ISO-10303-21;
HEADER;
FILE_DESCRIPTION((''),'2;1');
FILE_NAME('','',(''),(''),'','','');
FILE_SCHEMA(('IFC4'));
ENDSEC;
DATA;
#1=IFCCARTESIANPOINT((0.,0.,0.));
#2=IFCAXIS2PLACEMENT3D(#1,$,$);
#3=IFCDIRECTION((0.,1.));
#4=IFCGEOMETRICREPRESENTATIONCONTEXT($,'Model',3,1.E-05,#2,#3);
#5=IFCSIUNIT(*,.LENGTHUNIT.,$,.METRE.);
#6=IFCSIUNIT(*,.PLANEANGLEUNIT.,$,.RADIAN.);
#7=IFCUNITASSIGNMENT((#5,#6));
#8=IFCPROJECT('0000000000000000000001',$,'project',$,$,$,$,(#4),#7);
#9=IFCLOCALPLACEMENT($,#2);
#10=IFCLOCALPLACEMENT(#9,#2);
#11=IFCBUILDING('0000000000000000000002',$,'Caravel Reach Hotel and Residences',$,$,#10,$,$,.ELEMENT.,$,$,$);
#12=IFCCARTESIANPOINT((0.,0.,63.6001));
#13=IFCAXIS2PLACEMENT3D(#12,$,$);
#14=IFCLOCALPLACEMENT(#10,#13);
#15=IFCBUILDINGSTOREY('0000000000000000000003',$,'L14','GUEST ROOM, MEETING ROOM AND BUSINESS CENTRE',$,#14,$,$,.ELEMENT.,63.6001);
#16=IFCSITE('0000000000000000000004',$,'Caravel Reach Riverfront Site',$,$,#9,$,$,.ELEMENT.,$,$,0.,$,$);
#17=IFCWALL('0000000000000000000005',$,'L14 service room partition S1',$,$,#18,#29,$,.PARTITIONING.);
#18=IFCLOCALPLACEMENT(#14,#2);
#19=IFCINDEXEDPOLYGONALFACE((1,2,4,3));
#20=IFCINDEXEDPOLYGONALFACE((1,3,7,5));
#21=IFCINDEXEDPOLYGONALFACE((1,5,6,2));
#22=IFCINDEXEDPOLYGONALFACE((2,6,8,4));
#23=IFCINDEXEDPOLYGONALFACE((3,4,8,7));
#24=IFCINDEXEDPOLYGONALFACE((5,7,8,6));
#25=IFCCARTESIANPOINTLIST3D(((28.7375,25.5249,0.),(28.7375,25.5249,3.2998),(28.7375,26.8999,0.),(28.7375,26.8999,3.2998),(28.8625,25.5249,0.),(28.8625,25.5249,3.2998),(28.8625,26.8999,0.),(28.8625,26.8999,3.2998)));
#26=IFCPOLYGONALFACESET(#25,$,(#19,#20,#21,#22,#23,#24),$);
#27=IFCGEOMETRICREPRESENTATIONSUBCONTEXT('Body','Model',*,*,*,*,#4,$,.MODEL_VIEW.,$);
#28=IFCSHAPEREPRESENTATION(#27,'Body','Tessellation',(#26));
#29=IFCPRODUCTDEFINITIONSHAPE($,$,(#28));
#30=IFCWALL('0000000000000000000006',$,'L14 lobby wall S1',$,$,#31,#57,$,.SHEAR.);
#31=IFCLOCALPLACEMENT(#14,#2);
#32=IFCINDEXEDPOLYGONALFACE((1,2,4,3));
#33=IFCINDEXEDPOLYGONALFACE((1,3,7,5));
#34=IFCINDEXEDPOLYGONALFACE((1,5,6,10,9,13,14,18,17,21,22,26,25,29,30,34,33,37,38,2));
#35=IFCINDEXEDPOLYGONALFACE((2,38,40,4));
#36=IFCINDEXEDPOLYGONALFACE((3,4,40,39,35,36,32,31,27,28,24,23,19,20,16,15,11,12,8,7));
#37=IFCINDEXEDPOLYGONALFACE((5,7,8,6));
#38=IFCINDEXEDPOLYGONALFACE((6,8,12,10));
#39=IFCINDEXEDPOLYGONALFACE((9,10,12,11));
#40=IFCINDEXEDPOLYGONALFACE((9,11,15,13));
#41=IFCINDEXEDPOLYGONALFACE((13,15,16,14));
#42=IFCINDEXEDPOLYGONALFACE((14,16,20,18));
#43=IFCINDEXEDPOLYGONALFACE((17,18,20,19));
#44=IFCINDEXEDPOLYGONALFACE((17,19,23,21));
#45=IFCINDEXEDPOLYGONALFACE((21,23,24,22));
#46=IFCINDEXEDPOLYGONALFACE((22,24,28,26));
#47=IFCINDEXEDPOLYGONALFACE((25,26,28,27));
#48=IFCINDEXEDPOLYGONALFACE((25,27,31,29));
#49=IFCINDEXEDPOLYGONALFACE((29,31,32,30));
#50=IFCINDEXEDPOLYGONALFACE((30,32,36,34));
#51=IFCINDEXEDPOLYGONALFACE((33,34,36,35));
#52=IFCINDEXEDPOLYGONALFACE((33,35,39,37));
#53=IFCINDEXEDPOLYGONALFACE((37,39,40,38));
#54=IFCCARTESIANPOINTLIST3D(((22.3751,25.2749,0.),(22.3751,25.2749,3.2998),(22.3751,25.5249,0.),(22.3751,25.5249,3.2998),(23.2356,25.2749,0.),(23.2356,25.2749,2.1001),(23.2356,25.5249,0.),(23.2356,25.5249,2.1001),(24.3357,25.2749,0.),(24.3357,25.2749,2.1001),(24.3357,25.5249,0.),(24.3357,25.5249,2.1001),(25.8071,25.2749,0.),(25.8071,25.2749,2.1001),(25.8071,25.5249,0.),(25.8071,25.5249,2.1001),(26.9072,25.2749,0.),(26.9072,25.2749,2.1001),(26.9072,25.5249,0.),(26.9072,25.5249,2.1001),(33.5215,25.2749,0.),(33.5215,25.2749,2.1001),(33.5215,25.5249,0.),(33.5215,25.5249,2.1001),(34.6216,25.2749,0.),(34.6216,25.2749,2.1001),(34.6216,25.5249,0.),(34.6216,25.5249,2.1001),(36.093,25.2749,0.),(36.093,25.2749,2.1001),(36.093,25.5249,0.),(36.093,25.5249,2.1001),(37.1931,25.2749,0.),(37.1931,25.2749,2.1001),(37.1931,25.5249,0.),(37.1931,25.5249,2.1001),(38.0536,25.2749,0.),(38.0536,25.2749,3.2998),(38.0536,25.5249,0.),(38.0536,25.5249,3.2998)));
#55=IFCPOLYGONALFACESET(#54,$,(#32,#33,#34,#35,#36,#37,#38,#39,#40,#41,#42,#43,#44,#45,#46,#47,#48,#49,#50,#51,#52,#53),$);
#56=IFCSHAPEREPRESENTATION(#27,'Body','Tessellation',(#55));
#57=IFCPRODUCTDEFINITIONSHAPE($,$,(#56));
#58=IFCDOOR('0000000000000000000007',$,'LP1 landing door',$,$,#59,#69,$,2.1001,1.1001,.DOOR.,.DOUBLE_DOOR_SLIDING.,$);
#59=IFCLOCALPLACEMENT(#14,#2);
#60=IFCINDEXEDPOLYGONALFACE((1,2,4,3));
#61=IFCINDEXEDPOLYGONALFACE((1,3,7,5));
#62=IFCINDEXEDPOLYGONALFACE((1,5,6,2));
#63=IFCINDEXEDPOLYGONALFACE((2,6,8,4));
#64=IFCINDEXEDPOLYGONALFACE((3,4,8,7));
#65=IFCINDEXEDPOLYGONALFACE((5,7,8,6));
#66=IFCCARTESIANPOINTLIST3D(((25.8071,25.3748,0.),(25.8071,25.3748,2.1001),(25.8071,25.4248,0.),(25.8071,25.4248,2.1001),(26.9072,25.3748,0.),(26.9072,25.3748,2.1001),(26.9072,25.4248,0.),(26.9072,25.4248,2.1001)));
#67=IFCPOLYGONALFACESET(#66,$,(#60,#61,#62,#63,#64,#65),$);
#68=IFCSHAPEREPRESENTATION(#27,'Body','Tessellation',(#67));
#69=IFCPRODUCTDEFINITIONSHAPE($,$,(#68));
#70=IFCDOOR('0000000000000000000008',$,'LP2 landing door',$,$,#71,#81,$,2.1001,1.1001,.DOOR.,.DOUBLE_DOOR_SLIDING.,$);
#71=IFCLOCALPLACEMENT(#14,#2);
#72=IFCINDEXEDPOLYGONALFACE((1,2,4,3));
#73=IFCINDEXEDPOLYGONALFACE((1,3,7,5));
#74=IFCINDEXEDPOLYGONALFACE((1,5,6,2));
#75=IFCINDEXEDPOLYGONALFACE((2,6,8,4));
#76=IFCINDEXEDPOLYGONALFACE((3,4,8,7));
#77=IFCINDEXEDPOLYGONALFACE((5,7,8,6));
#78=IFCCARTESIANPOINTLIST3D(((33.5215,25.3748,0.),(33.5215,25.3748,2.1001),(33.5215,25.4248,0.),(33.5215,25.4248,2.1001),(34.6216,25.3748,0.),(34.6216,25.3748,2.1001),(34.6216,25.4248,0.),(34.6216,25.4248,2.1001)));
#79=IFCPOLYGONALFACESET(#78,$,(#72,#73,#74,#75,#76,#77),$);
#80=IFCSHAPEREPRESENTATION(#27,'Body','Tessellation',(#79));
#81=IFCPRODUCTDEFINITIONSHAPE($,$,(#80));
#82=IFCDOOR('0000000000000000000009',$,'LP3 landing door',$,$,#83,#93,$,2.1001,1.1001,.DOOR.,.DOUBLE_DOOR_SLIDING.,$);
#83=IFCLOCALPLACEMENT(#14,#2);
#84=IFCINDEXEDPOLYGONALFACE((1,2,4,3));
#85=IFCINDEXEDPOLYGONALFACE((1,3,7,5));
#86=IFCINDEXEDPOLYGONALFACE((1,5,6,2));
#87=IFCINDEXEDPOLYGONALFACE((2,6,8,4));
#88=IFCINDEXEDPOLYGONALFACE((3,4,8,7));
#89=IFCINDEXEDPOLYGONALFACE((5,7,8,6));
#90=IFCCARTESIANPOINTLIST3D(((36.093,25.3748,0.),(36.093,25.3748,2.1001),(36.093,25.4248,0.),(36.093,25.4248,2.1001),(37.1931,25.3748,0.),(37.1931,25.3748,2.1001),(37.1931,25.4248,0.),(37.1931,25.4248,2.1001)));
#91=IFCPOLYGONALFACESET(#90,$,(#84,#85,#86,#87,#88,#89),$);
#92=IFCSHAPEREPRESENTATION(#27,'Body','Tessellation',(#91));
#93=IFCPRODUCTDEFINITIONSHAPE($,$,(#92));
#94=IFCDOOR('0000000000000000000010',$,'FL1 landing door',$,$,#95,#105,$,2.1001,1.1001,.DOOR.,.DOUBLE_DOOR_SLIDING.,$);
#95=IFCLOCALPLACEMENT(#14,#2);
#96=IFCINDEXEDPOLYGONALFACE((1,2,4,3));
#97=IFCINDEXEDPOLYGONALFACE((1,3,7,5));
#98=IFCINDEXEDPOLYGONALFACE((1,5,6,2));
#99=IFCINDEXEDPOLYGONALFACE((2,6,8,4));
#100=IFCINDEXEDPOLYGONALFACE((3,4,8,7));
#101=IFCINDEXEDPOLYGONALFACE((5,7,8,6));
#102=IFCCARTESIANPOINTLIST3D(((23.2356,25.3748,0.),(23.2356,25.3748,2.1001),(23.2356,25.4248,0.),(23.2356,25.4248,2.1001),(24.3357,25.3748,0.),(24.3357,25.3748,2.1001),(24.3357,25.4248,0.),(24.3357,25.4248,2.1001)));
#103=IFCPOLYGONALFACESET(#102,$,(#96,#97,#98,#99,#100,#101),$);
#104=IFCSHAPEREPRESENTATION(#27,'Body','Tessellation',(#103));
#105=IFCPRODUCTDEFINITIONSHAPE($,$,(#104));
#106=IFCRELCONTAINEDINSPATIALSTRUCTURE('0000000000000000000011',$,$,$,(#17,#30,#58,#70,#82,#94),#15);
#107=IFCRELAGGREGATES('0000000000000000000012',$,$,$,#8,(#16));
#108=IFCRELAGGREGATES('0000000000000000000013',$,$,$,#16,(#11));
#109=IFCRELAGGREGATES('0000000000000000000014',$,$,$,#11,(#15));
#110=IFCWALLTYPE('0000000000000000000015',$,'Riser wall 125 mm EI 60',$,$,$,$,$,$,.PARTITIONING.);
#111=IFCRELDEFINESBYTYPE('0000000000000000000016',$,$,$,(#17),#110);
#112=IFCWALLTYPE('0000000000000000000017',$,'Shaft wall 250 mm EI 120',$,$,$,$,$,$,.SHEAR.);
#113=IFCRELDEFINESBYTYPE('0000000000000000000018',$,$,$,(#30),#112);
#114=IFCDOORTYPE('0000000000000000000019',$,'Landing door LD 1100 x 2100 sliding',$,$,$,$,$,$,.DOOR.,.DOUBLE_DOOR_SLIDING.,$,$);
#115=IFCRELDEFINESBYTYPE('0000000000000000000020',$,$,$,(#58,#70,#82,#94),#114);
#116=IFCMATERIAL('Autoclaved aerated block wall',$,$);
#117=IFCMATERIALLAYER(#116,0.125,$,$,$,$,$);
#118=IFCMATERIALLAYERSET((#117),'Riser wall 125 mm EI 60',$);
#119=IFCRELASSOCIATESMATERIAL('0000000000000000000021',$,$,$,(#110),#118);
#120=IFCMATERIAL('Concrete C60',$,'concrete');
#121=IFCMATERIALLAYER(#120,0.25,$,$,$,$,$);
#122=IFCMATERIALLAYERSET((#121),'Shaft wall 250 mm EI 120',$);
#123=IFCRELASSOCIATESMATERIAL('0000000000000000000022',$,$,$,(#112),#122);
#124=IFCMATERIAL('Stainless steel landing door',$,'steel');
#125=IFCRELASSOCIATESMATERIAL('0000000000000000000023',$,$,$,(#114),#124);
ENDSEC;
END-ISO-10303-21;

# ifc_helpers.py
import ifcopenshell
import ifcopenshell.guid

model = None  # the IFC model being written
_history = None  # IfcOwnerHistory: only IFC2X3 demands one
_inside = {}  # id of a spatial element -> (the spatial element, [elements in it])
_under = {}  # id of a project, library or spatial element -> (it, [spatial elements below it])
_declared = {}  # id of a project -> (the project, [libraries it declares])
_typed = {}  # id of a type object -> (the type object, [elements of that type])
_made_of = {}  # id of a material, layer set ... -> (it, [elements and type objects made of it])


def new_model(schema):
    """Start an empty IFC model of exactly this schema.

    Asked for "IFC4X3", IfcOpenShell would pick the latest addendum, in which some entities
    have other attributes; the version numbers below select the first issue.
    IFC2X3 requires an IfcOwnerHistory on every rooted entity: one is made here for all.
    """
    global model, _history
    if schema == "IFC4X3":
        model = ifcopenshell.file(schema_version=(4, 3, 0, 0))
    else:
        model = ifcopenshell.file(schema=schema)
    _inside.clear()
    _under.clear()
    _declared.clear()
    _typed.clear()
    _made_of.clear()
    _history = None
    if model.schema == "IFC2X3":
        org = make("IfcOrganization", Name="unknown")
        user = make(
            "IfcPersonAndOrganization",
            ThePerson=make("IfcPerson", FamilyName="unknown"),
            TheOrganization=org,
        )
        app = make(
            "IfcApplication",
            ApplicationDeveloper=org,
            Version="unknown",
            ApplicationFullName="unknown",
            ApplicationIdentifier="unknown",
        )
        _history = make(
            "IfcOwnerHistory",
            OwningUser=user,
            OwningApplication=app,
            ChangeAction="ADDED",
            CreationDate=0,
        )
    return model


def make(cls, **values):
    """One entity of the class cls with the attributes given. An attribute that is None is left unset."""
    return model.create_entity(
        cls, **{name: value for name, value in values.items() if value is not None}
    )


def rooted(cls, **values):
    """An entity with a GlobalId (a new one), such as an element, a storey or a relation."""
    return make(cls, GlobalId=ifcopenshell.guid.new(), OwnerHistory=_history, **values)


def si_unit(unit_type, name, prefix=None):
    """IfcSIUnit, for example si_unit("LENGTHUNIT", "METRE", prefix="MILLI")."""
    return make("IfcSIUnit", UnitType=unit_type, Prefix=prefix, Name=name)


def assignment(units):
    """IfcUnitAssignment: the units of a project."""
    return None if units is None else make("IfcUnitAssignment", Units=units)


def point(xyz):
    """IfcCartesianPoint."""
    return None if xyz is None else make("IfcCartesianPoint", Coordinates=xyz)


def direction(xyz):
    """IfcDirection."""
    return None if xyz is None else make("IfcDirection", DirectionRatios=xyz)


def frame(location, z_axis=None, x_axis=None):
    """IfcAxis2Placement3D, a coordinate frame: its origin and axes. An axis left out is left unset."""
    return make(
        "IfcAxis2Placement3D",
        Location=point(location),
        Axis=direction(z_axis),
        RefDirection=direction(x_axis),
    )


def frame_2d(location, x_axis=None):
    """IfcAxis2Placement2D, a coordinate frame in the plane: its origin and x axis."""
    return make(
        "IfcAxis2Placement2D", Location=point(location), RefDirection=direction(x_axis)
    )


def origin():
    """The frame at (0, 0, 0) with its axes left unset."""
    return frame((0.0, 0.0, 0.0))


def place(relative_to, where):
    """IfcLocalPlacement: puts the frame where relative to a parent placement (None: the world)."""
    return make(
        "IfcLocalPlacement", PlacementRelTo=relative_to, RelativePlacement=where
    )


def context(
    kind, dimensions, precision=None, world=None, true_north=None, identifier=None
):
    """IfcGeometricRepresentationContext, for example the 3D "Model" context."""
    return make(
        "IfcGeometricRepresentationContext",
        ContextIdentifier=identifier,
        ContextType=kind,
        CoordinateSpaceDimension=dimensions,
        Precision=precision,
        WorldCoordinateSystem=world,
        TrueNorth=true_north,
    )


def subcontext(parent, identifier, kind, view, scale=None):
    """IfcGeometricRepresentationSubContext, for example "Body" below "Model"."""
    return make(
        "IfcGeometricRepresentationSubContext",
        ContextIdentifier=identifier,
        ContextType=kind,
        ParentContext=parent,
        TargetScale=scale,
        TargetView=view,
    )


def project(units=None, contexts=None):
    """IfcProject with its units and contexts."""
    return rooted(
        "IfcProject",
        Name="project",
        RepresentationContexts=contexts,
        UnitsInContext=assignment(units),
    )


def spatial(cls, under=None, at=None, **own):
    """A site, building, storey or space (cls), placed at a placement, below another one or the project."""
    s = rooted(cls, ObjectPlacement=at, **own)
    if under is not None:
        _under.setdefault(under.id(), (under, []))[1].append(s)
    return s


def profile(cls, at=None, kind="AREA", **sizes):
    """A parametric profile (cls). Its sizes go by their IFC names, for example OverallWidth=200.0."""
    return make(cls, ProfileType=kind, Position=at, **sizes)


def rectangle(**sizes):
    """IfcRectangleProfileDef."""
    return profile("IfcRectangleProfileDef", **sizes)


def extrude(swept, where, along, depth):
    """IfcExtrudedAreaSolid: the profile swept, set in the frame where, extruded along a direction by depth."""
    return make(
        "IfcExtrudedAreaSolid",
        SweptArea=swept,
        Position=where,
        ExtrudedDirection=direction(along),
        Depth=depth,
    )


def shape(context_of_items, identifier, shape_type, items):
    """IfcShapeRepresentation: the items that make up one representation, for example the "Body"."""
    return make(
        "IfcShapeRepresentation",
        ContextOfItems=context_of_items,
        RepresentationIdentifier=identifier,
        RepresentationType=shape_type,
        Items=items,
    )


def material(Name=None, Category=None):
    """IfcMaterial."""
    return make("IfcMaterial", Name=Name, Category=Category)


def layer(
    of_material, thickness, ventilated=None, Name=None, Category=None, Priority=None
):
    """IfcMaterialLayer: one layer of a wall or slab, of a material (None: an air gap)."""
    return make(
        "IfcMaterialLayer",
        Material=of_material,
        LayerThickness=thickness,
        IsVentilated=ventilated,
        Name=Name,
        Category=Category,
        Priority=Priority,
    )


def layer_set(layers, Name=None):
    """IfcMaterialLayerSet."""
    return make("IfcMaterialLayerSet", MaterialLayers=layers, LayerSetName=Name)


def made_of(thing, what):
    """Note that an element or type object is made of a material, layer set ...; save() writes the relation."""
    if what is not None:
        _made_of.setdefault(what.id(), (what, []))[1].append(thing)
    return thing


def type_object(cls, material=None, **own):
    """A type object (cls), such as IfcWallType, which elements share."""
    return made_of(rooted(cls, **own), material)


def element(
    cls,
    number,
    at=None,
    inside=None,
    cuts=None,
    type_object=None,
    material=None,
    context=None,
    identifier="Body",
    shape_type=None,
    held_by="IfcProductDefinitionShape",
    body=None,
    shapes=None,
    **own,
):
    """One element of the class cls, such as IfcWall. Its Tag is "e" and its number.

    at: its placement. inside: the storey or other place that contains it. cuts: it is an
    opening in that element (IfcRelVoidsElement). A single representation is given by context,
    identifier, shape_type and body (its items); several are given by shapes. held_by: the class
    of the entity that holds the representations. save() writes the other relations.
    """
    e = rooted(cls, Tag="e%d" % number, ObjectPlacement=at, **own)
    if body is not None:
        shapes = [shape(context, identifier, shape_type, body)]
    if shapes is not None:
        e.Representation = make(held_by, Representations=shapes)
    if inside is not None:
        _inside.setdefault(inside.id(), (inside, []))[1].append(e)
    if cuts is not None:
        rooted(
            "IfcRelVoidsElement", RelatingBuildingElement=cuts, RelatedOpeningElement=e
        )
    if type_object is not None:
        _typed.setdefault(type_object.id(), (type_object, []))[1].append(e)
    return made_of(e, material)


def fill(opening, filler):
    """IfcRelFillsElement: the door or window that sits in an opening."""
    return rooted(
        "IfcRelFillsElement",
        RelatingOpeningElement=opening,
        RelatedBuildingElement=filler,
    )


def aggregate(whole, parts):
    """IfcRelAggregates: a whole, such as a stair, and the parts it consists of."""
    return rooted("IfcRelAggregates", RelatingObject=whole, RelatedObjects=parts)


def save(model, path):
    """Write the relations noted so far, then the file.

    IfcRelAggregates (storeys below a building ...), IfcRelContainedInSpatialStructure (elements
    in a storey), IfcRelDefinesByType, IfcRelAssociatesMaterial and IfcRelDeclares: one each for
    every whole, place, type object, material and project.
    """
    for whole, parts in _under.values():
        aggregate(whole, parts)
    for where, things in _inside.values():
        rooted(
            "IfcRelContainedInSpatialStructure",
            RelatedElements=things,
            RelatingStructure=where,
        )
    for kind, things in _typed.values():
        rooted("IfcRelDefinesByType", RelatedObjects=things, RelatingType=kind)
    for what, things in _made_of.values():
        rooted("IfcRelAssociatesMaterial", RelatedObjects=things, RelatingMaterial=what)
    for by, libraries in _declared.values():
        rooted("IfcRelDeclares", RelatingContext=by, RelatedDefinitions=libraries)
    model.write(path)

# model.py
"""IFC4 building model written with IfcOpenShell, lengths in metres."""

from ifc_helpers import new_model, si_unit, direction, frame, frame_2d, origin, place, context, subcontext, project, spatial, rectangle, extrude, material, layer, layer_set, type_object, element, fill, save


model = new_model("IFC4")

# Units and contexts
model_context = context("Model", 3, precision=1e-05, world=origin(), true_north=direction((0.0, 1.0)))
body_context = subcontext(model_context, "Body", "Model", "MODEL_VIEW")
ifc_project = project(units=[si_unit("LENGTHUNIT", "METRE"), si_unit("PLANEANGLEUNIT", "RADIAN")], contexts=[model_context])

# Site, building, storey
site_placement = place(None, origin())
site = spatial("IfcSite", under=ifc_project, at=site_placement, Name="Caravel Reach Riverfront Site", CompositionType="ELEMENT", RefElevation=0.0)
building_placement = place(site_placement, origin())
building = spatial("IfcBuilding", under=site, at=building_placement, Name="Caravel Reach Hotel and Residences", CompositionType="ELEMENT")
storey_placement = place(building_placement, frame((0.0, 0.0, 63.6001)))
storey = spatial("IfcBuildingStorey", under=building, at=storey_placement, Name="L14", Description="GUEST ROOM, MEETING ROOM AND BUSINESS CENTRE", CompositionType="ELEMENT", Elevation=63.6001)

# Wall
ifc_material_1 = material(Name="Autoclaved aerated block wall")
ifc_layer_1 = layer(ifc_material_1, 0.125)
ifc_layer_set_1 = layer_set([ifc_layer_1], Name="Riser wall 125 mm EI 60")
wall_type_1 = type_object("IfcWallType", Name="Riser wall 125 mm EI 60", PredefinedType="PARTITIONING", material=ifc_layer_set_1)
wall_1_placement = place(storey_placement, frame((28.8, 25.5249, 0.0), z_axis=(0.0, 0.0, 1.0), x_axis=(0.0, 1.0, 0.0)))
element("IfcWall", 1, at=wall_1_placement, inside=storey, type_object=wall_type_1, Name="L14 service room partition S1", PredefinedType="PARTITIONING", context=body_context, shape_type="SweptSolid", body=[
    extrude(rectangle(XDim=1.375, YDim=0.125, at=frame_2d((0.6875, 0.0))), origin(), (0.0, 0.0, 1.0), 3.2998),
])

# Wall, openings, doors
ifc_material_2 = material(Name="Concrete C60", Category="concrete")
ifc_layer_2 = layer(ifc_material_2, 0.25)
ifc_layer_set_2 = layer_set([ifc_layer_2], Name="Shaft wall 250 mm EI 120")
wall_type_2 = type_object("IfcWallType", Name="Shaft wall 250 mm EI 120", PredefinedType="SHEAR", material=ifc_layer_set_2)
wall_2_placement = place(storey_placement, frame((22.375, 25.3999, 0.0), z_axis=(0.0, 0.0, 1.0), x_axis=(1.0, 0.0, 0.0)))
wall_2 = element("IfcWall", 2, at=wall_2_placement, inside=storey, type_object=wall_type_2, Name="L14 lobby wall S1", PredefinedType="SHEAR", context=body_context, shape_type="SweptSolid", body=[
    extrude(rectangle(XDim=15.6785, YDim=0.25, at=frame_2d((7.8394, 0.0))), origin(), (0.0, 0.0, 1.0), 3.2998),
])
opening_1_placement = place(wall_2_placement, frame((3.4321, 0.0, 0.0)))
opening_1 = element("IfcOpeningElement", 3, at=opening_1_placement, cuts=wall_2, PredefinedType="OPENING", context=body_context, shape_type="SweptSolid", body=[
    extrude(rectangle(XDim=1.1001, YDim=2.1001, at=frame_2d((0.55, 1.05))), frame((0.0, 0.135, 0.0), z_axis=(0.0, -1.0, 0.0), x_axis=(1.0, 0.0, 0.0)), (0.0, 0.0, 1.0), 0.27),
])
opening_2_placement = place(wall_2_placement, frame((11.1465, 0.0, 0.0)))
opening_2 = element("IfcOpeningElement", 4, at=opening_2_placement, cuts=wall_2, PredefinedType="OPENING", context=body_context, shape_type="SweptSolid", body=[
    extrude(rectangle(XDim=1.1001, YDim=2.1001, at=frame_2d((0.55, 1.05))), frame((0.0, 0.135, 0.0), z_axis=(0.0, -1.0, 0.0), x_axis=(1.0, 0.0, 0.0)), (0.0, 0.0, 1.0), 0.27),
])
opening_3_placement = place(wall_2_placement, frame((13.718, 0.0, 0.0)))
opening_3 = element("IfcOpeningElement", 5, at=opening_3_placement, cuts=wall_2, PredefinedType="OPENING", context=body_context, shape_type="SweptSolid", body=[
    extrude(rectangle(XDim=1.1001, YDim=2.1001, at=frame_2d((0.55, 1.05))), frame((0.0, 0.135, 0.0), z_axis=(0.0, -1.0, 0.0), x_axis=(1.0, 0.0, 0.0)), (0.0, 0.0, 1.0), 0.27),
])
opening_4_placement = place(wall_2_placement, frame((0.8606, 0.0, 0.0)))
opening_4 = element("IfcOpeningElement", 6, at=opening_4_placement, cuts=wall_2, PredefinedType="OPENING", context=body_context, shape_type="SweptSolid", body=[
    extrude(rectangle(XDim=1.1001, YDim=2.1001, at=frame_2d((0.55, 1.05))), frame((0.0, 0.135, 0.0), z_axis=(0.0, -1.0, 0.0), x_axis=(1.0, 0.0, 0.0)), (0.0, 0.0, 1.0), 0.27),
])
ifc_material_3 = material(Name="Stainless steel landing door", Category="steel")
door_type_1 = type_object("IfcDoorType", Name="Landing door LD 1100 x 2100 sliding", OperationType="DOUBLE_DOOR_SLIDING", PredefinedType="DOOR", material=ifc_material_3)
door_1_placement = place(opening_1_placement, origin())
door_1 = element("IfcDoor", 7, at=door_1_placement, inside=storey, type_object=door_type_1, Name="LP1 landing door", OperationType="DOUBLE_DOOR_SLIDING", OverallHeight=2.1001, OverallWidth=1.1001, PredefinedType="DOOR", context=body_context, shape_type="SweptSolid", body=[
    extrude(rectangle(XDim=1.1001, YDim=2.1001, at=frame_2d((0.55, 1.05))), frame((0.0, 0.0249, 0.0), z_axis=(0.0, -1.0, 0.0), x_axis=(1.0, 0.0, 0.0)), (0.0, 0.0, 1.0), 0.05),
])
fill(opening_1, door_1)
door_2_placement = place(opening_2_placement, origin())
door_2 = element("IfcDoor", 8, at=door_2_placement, inside=storey, type_object=door_type_1, Name="LP2 landing door", OperationType="DOUBLE_DOOR_SLIDING", OverallHeight=2.1001, OverallWidth=1.1001, PredefinedType="DOOR", context=body_context, shape_type="SweptSolid", body=[
    extrude(rectangle(XDim=1.1001, YDim=2.1001, at=frame_2d((0.55, 1.05))), frame((0.0, 0.0249, 0.0), z_axis=(0.0, -1.0, 0.0), x_axis=(1.0, 0.0, 0.0)), (0.0, 0.0, 1.0), 0.05),
])
fill(opening_2, door_2)
door_3_placement = place(opening_3_placement, origin())
door_3 = element("IfcDoor", 9, at=door_3_placement, inside=storey, type_object=door_type_1, Name="LP3 landing door", OperationType="DOUBLE_DOOR_SLIDING", OverallHeight=2.1001, OverallWidth=1.1001, PredefinedType="DOOR", context=body_context, shape_type="SweptSolid", body=[
    extrude(rectangle(XDim=1.1001, YDim=2.1001, at=frame_2d((0.55, 1.05))), frame((0.0, 0.0249, 0.0), z_axis=(0.0, -1.0, 0.0), x_axis=(1.0, 0.0, 0.0)), (0.0, 0.0, 1.0), 0.05),
])
fill(opening_3, door_3)
door_4_placement = place(opening_4_placement, origin())
door_4 = element("IfcDoor", 10, at=door_4_placement, inside=storey, type_object=door_type_1, Name="FL1 landing door", OperationType="DOUBLE_DOOR_SLIDING", OverallHeight=2.1001, OverallWidth=1.1001, PredefinedType="DOOR", context=body_context, shape_type="SweptSolid", body=[
    extrude(rectangle(XDim=1.1001, YDim=2.1001, at=frame_2d((0.55, 1.05))), frame((0.0, 0.0249, 0.0), z_axis=(0.0, -1.0, 0.0), x_axis=(1.0, 0.0, 0.0)), (0.0, 0.0, 1.0), 0.05),
])
fill(opening_4, door_4)

save(model, "model.ifc")
